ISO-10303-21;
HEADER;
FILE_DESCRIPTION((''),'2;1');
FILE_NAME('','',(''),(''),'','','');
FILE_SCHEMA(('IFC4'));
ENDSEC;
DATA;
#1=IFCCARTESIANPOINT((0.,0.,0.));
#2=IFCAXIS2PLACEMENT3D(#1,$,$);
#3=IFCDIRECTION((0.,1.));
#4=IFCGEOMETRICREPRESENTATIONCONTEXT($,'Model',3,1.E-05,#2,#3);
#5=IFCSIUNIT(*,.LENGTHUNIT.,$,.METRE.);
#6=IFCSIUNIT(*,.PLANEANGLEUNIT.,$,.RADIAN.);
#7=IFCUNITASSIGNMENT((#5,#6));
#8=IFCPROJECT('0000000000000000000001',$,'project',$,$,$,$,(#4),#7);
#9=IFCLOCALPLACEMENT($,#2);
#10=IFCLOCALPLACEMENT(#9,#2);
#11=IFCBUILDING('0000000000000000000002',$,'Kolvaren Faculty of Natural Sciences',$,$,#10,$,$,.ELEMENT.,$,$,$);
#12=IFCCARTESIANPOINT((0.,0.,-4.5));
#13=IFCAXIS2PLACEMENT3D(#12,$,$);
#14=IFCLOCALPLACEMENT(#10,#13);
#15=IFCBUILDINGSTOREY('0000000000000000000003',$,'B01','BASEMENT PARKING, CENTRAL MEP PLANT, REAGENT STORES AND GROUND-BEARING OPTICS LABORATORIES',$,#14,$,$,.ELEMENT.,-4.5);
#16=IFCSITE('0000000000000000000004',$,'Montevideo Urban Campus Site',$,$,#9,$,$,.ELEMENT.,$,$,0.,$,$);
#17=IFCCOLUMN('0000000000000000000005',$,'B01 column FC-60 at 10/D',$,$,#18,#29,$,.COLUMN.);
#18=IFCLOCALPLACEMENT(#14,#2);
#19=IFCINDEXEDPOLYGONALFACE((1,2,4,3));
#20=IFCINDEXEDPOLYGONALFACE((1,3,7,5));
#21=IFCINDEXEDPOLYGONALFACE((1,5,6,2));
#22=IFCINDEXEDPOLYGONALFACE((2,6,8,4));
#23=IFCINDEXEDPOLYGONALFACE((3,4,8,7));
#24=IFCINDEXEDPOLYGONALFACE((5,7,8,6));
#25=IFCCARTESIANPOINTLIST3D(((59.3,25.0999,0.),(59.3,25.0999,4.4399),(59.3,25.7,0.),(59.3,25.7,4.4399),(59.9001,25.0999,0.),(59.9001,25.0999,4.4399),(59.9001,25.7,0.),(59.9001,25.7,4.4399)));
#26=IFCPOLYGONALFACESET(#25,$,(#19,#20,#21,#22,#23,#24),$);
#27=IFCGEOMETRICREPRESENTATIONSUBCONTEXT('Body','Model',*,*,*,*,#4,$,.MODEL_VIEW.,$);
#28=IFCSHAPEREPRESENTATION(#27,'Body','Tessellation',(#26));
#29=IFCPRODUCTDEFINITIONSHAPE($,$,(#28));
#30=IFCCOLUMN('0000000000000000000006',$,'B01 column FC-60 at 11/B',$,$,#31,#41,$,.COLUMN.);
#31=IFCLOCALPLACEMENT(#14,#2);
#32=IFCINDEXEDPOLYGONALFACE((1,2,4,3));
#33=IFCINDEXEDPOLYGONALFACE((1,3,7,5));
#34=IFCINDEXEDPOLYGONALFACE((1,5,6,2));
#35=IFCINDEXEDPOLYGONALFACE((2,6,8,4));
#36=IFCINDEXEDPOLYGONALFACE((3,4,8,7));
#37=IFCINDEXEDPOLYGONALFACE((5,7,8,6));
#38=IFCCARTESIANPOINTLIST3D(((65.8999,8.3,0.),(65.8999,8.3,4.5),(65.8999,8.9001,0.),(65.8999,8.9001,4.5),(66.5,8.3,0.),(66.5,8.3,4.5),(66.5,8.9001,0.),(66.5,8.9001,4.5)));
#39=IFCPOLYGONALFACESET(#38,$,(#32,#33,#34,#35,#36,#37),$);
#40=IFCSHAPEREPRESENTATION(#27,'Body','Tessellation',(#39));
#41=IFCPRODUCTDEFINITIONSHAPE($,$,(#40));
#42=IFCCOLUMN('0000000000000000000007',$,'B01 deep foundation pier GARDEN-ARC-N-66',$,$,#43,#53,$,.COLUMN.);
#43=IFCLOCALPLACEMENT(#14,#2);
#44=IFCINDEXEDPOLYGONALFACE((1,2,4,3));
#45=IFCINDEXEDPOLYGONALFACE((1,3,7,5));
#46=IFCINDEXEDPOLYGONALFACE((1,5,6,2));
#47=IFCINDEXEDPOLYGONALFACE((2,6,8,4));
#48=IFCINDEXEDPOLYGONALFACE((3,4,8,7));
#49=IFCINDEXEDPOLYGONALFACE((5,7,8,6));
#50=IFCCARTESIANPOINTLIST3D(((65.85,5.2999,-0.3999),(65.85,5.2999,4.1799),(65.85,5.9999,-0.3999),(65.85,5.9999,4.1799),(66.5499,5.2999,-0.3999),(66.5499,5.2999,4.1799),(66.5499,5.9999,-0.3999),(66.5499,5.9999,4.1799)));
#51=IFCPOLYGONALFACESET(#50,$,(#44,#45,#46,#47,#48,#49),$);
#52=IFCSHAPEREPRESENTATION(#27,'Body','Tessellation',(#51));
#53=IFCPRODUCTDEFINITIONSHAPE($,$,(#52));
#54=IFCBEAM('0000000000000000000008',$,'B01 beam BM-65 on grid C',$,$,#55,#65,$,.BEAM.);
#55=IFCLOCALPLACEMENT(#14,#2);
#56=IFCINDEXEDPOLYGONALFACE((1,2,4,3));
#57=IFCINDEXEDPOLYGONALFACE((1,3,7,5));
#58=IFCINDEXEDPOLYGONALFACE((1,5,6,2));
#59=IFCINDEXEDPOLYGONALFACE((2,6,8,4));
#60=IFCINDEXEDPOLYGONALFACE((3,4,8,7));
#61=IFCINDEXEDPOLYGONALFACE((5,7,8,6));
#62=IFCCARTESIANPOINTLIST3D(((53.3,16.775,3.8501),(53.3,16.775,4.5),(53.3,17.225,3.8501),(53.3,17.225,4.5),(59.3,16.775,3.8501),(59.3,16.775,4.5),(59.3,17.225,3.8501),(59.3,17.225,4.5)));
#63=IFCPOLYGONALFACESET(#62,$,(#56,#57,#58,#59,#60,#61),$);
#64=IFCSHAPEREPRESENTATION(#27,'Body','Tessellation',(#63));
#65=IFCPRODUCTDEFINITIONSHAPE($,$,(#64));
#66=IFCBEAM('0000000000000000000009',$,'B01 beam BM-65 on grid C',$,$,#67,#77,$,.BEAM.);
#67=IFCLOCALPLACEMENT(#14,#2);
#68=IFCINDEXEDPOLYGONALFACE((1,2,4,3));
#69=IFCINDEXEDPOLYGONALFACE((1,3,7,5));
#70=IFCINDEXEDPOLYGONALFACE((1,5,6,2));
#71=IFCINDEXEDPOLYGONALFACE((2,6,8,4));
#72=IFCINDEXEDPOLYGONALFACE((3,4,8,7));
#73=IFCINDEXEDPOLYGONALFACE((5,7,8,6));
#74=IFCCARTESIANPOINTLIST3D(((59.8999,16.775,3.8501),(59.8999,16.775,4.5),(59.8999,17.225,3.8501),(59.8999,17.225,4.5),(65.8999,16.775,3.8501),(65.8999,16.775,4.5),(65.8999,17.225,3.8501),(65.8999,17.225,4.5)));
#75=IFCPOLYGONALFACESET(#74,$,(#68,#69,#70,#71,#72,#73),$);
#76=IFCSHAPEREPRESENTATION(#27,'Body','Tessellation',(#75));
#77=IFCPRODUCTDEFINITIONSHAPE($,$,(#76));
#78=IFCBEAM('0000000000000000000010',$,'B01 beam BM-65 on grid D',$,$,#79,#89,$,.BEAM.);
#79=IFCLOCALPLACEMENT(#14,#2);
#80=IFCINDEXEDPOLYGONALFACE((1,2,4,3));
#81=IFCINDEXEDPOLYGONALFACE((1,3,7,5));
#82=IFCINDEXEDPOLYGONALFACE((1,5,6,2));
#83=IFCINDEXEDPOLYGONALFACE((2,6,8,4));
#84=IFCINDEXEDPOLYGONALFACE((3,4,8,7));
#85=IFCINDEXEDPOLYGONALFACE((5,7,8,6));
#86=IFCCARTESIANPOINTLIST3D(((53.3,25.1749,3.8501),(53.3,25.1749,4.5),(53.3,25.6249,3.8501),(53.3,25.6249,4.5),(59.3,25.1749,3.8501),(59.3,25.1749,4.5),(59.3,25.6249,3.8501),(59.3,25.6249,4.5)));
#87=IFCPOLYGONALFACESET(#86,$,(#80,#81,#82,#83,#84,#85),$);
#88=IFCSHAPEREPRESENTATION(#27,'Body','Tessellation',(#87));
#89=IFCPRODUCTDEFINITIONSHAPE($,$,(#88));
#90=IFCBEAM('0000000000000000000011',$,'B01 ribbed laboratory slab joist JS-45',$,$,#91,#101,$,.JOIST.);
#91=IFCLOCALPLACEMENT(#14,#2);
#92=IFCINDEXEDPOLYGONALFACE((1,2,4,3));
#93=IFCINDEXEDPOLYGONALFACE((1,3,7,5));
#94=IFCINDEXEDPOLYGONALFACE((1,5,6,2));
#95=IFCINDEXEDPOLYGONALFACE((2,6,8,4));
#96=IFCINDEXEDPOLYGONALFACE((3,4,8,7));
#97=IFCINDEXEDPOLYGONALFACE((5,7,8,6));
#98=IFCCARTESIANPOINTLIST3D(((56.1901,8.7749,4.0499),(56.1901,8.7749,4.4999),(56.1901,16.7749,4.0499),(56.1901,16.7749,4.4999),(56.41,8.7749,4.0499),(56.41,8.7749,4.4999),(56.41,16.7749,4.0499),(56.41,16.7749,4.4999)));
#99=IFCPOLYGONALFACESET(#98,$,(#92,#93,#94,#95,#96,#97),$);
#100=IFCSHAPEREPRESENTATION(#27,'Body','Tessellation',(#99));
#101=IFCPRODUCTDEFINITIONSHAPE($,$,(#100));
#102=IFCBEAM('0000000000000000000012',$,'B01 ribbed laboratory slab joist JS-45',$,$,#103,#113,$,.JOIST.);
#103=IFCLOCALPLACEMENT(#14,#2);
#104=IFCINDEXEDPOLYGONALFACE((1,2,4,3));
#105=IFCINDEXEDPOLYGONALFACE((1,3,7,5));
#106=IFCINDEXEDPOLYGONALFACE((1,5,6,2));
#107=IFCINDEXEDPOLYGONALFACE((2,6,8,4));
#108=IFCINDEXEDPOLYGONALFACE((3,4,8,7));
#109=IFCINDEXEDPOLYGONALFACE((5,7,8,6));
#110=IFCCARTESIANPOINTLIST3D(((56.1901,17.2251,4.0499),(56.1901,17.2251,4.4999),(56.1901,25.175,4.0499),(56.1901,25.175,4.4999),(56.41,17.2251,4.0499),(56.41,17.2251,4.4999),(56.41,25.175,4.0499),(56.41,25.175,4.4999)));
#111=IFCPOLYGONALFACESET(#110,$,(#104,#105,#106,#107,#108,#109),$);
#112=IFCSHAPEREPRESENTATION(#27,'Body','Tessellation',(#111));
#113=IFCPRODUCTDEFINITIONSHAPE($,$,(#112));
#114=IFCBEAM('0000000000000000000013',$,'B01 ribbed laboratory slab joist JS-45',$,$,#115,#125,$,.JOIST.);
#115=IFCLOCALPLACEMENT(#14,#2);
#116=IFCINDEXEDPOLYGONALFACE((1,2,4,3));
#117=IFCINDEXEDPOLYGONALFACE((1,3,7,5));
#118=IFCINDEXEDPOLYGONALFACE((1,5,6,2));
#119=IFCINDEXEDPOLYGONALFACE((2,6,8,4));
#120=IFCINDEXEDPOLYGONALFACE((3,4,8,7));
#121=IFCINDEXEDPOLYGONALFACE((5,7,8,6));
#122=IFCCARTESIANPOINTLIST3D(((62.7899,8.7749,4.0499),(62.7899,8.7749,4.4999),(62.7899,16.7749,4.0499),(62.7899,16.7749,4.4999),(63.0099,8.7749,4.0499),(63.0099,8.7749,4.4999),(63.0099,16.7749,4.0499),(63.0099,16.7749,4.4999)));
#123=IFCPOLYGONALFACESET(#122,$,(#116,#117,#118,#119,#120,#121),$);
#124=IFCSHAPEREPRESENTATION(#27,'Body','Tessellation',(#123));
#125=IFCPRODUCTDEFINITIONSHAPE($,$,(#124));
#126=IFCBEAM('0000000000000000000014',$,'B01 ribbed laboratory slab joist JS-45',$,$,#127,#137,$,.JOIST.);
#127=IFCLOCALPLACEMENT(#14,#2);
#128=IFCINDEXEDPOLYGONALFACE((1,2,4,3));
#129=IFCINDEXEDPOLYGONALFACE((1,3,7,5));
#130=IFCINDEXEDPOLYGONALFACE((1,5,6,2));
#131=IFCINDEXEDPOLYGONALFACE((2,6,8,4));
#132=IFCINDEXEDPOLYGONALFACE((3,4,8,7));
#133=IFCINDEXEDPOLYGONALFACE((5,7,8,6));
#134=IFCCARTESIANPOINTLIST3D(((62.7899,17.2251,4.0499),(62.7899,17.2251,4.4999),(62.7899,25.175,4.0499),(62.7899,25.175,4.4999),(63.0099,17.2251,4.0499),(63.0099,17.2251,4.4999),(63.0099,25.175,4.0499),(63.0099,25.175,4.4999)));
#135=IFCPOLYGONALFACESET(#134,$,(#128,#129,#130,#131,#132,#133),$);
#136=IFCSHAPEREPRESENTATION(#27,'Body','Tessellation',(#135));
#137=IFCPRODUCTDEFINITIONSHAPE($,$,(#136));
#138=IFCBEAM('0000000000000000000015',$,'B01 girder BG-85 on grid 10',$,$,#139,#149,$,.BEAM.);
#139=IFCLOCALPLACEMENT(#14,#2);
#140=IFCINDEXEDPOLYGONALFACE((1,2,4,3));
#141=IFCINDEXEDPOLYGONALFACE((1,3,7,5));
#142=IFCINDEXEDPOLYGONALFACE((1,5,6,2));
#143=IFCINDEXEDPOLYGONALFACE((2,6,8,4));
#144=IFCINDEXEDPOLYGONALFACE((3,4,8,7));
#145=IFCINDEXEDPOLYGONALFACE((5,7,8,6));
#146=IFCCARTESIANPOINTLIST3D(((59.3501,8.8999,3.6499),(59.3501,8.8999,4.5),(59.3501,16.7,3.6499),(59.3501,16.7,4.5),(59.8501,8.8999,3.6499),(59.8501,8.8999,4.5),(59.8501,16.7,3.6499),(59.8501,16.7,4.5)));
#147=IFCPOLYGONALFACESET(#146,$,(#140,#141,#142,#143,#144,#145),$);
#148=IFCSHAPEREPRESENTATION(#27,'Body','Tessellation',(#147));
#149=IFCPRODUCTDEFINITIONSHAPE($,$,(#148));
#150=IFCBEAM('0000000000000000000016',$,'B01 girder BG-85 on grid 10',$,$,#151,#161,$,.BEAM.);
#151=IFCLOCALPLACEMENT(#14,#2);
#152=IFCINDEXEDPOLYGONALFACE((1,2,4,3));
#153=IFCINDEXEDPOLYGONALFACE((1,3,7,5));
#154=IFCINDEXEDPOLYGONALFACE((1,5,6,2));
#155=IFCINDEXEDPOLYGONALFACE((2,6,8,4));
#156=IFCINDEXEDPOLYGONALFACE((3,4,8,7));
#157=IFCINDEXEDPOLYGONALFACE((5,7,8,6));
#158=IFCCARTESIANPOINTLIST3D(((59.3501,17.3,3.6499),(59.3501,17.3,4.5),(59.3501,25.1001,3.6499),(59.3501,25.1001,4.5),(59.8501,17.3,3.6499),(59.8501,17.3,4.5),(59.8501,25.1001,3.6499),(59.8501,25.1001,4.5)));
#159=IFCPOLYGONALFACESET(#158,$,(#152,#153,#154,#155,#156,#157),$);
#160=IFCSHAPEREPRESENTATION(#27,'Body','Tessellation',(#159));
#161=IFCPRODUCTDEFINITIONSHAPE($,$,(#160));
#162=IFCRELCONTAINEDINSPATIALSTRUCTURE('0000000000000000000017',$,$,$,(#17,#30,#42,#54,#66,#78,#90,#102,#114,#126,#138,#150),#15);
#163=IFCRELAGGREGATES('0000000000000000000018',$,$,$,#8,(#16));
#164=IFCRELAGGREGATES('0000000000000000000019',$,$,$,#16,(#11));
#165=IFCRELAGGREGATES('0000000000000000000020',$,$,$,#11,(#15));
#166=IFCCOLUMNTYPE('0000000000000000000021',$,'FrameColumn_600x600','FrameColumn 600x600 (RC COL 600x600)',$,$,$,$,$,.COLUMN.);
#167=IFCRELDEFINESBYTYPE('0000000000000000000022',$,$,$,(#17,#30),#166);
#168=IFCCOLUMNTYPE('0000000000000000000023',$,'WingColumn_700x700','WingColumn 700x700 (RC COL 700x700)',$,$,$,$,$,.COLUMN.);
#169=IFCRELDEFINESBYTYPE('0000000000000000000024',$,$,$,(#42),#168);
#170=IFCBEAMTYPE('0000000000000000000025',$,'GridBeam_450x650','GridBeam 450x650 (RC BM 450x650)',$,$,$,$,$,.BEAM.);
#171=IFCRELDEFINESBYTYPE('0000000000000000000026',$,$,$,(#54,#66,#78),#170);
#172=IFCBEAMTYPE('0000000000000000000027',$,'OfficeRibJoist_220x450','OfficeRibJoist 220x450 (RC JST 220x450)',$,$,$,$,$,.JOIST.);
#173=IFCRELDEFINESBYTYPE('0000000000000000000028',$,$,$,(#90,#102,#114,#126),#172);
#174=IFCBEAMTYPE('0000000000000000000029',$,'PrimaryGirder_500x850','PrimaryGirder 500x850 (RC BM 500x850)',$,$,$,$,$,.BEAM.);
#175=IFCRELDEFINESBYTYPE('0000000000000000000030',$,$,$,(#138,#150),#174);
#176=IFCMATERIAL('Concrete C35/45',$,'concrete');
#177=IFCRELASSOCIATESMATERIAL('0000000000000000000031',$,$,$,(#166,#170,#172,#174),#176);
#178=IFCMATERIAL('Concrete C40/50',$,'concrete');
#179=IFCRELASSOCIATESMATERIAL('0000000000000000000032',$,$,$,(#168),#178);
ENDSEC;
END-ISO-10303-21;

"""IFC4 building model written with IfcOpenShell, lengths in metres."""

from ifc_helpers import new_model, si_unit, direction, frame, origin, origin_2d, place, context, subcontext, project, spatial, rectangle, extrude, material, material_profile, profile_set, type_object, element, save


model = new_model("IFC4")

# Units and contexts
model_context = context("Model", 3, precision=1e-05, world=origin(), true_north=direction((0.0, 1.0)))
body_context = subcontext(model_context, "Body", "Model", "MODEL_VIEW")
ifc_project = project(units=[si_unit("LENGTHUNIT", "METRE"), si_unit("PLANEANGLEUNIT", "RADIAN")], contexts=[model_context])

# Site, building, storey
site_placement = place(None, origin())
site = spatial("IfcSite", under=ifc_project, at=site_placement, Name="Montevideo Urban Campus Site", CompositionType="ELEMENT", RefElevation=0.0)
building_placement = place(site_placement, origin())
building = spatial("IfcBuilding", under=site, at=building_placement, Name="Kolvaren Faculty of Natural Sciences", CompositionType="ELEMENT")
storey_placement = place(building_placement, frame((0.0, 0.0, -4.5)))
storey = spatial("IfcBuildingStorey", under=building, at=storey_placement, Name="B01", Description="BASEMENT PARKING, CENTRAL MEP PLANT, REAGENT STORES AND GROUND-BEARING OPTICS LABORATORIES", CompositionType="ELEMENT", Elevation=-4.5)

# Shared definitions
ifc_material_1 = material(Name="Concrete C35/45", Category="concrete")

# Columns
ifc_material_profile_1 = material_profile(ifc_material_1, rectangle(XDim=0.6001, YDim=0.6001, at=origin_2d()), Name="RC COL 600x600")
ifc_profile_set_1 = profile_set([ifc_material_profile_1], Name="Concrete C35/45")
column_type_1 = type_object("IfcColumnType", Name="FrameColumn_600x600", Description="FrameColumn 600x600 (RC COL 600x600)", PredefinedType="COLUMN", material=ifc_profile_set_1)
for number, where, z_axis, x_axis, name in (
    (1, (59.6001, 25.3999, 0.0), (0.0, 0.0, 1.0), (1.0, 0.0, 0.0), "B01 column FC-60 at 10/D"),
):
    element("IfcColumn", number, at=place(storey_placement, frame(where, z_axis=z_axis, x_axis=x_axis)), inside=storey, type_object=column_type_1, Name=name, PredefinedType="COLUMN", context=body_context, shape_type="SweptSolid", body=[
        extrude(rectangle(XDim=0.6001, YDim=0.6001, at=origin_2d()), origin(), (0.0, 0.0, 1.0), 4.4399),
    ])
column_1_placement = place(storey_placement, frame((66.2, 8.6001, 0.0), z_axis=(0.0, 0.0, 1.0), x_axis=(1.0, 0.0, 0.0)))
element("IfcColumn", 2, at=column_1_placement, inside=storey, type_object=column_type_1, Name="B01 column FC-60 at 11/B", PredefinedType="COLUMN", context=body_context, shape_type="SweptSolid", body=[
    extrude(rectangle(XDim=0.6001, YDim=0.6001, at=origin_2d()), origin(), (0.0, 0.0, 1.0), 4.5),
])
ifc_material_2 = material(Name="Concrete C40/50", Category="concrete")
ifc_material_profile_2 = material_profile(ifc_material_2, rectangle(XDim=0.7, YDim=0.7, at=origin_2d()), Name="RC COL 700x700")
ifc_profile_set_2 = profile_set([ifc_material_profile_2], Name="Concrete C40/50")
column_type_2 = type_object("IfcColumnType", Name="WingColumn_700x700", Description="WingColumn 700x700 (RC COL 700x700)", PredefinedType="COLUMN", material=ifc_profile_set_2)
column_2_placement = place(storey_placement, frame((66.2, 5.6499, -0.3999), z_axis=(0.0, 0.0, 1.0), x_axis=(1.0, 0.0, 0.0)))
element("IfcColumn", 3, at=column_2_placement, inside=storey, type_object=column_type_2, Name="B01 deep foundation pier GARDEN-ARC-N-66", PredefinedType="COLUMN", context=body_context, shape_type="SweptSolid", body=[
    extrude(rectangle(XDim=0.7, YDim=0.7, at=origin_2d()), origin(), (0.0, 0.0, 1.0), 4.5798),
])

# Beams
ifc_material_profile_3 = material_profile(ifc_material_1, rectangle(XDim=0.45, YDim=0.6499, at=origin_2d()), Name="RC BM 450x650")
ifc_profile_set_3 = profile_set([ifc_material_profile_3], Name="Concrete C35/45")
beam_type_1 = type_object("IfcBeamType", Name="GridBeam_450x650", Description="GridBeam 450x650 (RC BM 450x650)", PredefinedType="BEAM", material=ifc_profile_set_3)
for number, where, z_axis, x_axis, name in (
    (4, (53.3, 17.0, 4.175), (1.0, 0.0, 0.0), (0.0, 1.0, 0.0), "B01 beam BM-65 on grid C"),
    (5, (59.8999, 17.0, 4.175), (1.0, 0.0, 0.0), (0.0, 1.0, 0.0), "B01 beam BM-65 on grid C"),
    (6, (53.3, 25.3999, 4.175), (1.0, 0.0, 0.0), (0.0, 1.0, 0.0), "B01 beam BM-65 on grid D"),
):
    element("IfcBeam", number, at=place(storey_placement, frame(where, z_axis=z_axis, x_axis=x_axis)), inside=storey, type_object=beam_type_1, Name=name, PredefinedType="BEAM", context=body_context, shape_type="SweptSolid", body=[
        extrude(rectangle(XDim=0.45, YDim=0.6499, at=origin_2d()), origin(), (0.0, 0.0, 1.0), 6.0),
    ])
ifc_material_profile_4 = material_profile(ifc_material_1, rectangle(XDim=0.22, YDim=0.45, at=origin_2d()), Name="RC JST 220x450")
ifc_profile_set_4 = profile_set([ifc_material_profile_4], Name="Concrete C35/45")
beam_type_2 = type_object("IfcBeamType", Name="OfficeRibJoist_220x450", Description="OfficeRibJoist 220x450 (RC JST 220x450)", PredefinedType="JOIST", material=ifc_profile_set_4)
beam_1_placement = place(storey_placement, frame((56.3, 8.7749, 4.2749), z_axis=(0.0, 1.0, 0.0), x_axis=(-1.0, 0.0, 0.0)))
element("IfcBeam", 7, at=beam_1_placement, inside=storey, type_object=beam_type_2, Name="B01 ribbed laboratory slab joist JS-45", PredefinedType="JOIST", context=body_context, shape_type="SweptSolid", body=[
    extrude(rectangle(XDim=0.22, YDim=0.45, at=origin_2d()), origin(), (0.0, 0.0, 1.0), 8.0),
])
beam_2_placement = place(storey_placement, frame((56.3, 17.2251, 4.2749), z_axis=(0.0, 1.0, 0.0), x_axis=(-1.0, 0.0, 0.0)))
element("IfcBeam", 8, at=beam_2_placement, inside=storey, type_object=beam_type_2, Name="B01 ribbed laboratory slab joist JS-45", PredefinedType="JOIST", context=body_context, shape_type="SweptSolid", body=[
    extrude(rectangle(XDim=0.22, YDim=0.45, at=origin_2d()), origin(), (0.0, 0.0, 1.0), 7.95),
])
beam_3_placement = place(storey_placement, frame((62.8999, 8.7749, 4.2749), z_axis=(0.0, 1.0, 0.0), x_axis=(-1.0, 0.0, 0.0)))
element("IfcBeam", 9, at=beam_3_placement, inside=storey, type_object=beam_type_2, Name="B01 ribbed laboratory slab joist JS-45", PredefinedType="JOIST", context=body_context, shape_type="SweptSolid", body=[
    extrude(rectangle(XDim=0.22, YDim=0.45, at=origin_2d()), origin(), (0.0, 0.0, 1.0), 8.0),
])
beam_4_placement = place(storey_placement, frame((62.8999, 17.2251, 4.2749), z_axis=(0.0, 1.0, 0.0), x_axis=(-1.0, 0.0, 0.0)))
element("IfcBeam", 10, at=beam_4_placement, inside=storey, type_object=beam_type_2, Name="B01 ribbed laboratory slab joist JS-45", PredefinedType="JOIST", context=body_context, shape_type="SweptSolid", body=[
    extrude(rectangle(XDim=0.22, YDim=0.45, at=origin_2d()), origin(), (0.0, 0.0, 1.0), 7.95),
])
ifc_material_profile_5 = material_profile(ifc_material_1, rectangle(XDim=0.5, YDim=0.8501, at=origin_2d()), Name="RC BM 500x850")
ifc_profile_set_5 = profile_set([ifc_material_profile_5], Name="Concrete C35/45")
beam_type_3 = type_object("IfcBeamType", Name="PrimaryGirder_500x850", Description="PrimaryGirder 500x850 (RC BM 500x850)", PredefinedType="BEAM", material=ifc_profile_set_5)
for number, where, z_axis, x_axis, name in (
    (11, (59.6001, 8.8999, 4.075), (0.0, 1.0, 0.0), (-1.0, 0.0, 0.0), "B01 girder BG-85 on grid 10"),
    (12, (59.6001, 17.3, 4.075), (0.0, 1.0, 0.0), (-1.0, 0.0, 0.0), "B01 girder BG-85 on grid 10"),
):
    element("IfcBeam", number, at=place(storey_placement, frame(where, z_axis=z_axis, x_axis=x_axis)), inside=storey, type_object=beam_type_3, Name=name, PredefinedType="BEAM", context=body_context, shape_type="SweptSolid", body=[
        extrude(rectangle(XDim=0.5, YDim=0.8501, at=origin_2d()), origin(), (0.0, 0.0, 1.0), 7.8),
    ])

save(model, "model.ifc")
